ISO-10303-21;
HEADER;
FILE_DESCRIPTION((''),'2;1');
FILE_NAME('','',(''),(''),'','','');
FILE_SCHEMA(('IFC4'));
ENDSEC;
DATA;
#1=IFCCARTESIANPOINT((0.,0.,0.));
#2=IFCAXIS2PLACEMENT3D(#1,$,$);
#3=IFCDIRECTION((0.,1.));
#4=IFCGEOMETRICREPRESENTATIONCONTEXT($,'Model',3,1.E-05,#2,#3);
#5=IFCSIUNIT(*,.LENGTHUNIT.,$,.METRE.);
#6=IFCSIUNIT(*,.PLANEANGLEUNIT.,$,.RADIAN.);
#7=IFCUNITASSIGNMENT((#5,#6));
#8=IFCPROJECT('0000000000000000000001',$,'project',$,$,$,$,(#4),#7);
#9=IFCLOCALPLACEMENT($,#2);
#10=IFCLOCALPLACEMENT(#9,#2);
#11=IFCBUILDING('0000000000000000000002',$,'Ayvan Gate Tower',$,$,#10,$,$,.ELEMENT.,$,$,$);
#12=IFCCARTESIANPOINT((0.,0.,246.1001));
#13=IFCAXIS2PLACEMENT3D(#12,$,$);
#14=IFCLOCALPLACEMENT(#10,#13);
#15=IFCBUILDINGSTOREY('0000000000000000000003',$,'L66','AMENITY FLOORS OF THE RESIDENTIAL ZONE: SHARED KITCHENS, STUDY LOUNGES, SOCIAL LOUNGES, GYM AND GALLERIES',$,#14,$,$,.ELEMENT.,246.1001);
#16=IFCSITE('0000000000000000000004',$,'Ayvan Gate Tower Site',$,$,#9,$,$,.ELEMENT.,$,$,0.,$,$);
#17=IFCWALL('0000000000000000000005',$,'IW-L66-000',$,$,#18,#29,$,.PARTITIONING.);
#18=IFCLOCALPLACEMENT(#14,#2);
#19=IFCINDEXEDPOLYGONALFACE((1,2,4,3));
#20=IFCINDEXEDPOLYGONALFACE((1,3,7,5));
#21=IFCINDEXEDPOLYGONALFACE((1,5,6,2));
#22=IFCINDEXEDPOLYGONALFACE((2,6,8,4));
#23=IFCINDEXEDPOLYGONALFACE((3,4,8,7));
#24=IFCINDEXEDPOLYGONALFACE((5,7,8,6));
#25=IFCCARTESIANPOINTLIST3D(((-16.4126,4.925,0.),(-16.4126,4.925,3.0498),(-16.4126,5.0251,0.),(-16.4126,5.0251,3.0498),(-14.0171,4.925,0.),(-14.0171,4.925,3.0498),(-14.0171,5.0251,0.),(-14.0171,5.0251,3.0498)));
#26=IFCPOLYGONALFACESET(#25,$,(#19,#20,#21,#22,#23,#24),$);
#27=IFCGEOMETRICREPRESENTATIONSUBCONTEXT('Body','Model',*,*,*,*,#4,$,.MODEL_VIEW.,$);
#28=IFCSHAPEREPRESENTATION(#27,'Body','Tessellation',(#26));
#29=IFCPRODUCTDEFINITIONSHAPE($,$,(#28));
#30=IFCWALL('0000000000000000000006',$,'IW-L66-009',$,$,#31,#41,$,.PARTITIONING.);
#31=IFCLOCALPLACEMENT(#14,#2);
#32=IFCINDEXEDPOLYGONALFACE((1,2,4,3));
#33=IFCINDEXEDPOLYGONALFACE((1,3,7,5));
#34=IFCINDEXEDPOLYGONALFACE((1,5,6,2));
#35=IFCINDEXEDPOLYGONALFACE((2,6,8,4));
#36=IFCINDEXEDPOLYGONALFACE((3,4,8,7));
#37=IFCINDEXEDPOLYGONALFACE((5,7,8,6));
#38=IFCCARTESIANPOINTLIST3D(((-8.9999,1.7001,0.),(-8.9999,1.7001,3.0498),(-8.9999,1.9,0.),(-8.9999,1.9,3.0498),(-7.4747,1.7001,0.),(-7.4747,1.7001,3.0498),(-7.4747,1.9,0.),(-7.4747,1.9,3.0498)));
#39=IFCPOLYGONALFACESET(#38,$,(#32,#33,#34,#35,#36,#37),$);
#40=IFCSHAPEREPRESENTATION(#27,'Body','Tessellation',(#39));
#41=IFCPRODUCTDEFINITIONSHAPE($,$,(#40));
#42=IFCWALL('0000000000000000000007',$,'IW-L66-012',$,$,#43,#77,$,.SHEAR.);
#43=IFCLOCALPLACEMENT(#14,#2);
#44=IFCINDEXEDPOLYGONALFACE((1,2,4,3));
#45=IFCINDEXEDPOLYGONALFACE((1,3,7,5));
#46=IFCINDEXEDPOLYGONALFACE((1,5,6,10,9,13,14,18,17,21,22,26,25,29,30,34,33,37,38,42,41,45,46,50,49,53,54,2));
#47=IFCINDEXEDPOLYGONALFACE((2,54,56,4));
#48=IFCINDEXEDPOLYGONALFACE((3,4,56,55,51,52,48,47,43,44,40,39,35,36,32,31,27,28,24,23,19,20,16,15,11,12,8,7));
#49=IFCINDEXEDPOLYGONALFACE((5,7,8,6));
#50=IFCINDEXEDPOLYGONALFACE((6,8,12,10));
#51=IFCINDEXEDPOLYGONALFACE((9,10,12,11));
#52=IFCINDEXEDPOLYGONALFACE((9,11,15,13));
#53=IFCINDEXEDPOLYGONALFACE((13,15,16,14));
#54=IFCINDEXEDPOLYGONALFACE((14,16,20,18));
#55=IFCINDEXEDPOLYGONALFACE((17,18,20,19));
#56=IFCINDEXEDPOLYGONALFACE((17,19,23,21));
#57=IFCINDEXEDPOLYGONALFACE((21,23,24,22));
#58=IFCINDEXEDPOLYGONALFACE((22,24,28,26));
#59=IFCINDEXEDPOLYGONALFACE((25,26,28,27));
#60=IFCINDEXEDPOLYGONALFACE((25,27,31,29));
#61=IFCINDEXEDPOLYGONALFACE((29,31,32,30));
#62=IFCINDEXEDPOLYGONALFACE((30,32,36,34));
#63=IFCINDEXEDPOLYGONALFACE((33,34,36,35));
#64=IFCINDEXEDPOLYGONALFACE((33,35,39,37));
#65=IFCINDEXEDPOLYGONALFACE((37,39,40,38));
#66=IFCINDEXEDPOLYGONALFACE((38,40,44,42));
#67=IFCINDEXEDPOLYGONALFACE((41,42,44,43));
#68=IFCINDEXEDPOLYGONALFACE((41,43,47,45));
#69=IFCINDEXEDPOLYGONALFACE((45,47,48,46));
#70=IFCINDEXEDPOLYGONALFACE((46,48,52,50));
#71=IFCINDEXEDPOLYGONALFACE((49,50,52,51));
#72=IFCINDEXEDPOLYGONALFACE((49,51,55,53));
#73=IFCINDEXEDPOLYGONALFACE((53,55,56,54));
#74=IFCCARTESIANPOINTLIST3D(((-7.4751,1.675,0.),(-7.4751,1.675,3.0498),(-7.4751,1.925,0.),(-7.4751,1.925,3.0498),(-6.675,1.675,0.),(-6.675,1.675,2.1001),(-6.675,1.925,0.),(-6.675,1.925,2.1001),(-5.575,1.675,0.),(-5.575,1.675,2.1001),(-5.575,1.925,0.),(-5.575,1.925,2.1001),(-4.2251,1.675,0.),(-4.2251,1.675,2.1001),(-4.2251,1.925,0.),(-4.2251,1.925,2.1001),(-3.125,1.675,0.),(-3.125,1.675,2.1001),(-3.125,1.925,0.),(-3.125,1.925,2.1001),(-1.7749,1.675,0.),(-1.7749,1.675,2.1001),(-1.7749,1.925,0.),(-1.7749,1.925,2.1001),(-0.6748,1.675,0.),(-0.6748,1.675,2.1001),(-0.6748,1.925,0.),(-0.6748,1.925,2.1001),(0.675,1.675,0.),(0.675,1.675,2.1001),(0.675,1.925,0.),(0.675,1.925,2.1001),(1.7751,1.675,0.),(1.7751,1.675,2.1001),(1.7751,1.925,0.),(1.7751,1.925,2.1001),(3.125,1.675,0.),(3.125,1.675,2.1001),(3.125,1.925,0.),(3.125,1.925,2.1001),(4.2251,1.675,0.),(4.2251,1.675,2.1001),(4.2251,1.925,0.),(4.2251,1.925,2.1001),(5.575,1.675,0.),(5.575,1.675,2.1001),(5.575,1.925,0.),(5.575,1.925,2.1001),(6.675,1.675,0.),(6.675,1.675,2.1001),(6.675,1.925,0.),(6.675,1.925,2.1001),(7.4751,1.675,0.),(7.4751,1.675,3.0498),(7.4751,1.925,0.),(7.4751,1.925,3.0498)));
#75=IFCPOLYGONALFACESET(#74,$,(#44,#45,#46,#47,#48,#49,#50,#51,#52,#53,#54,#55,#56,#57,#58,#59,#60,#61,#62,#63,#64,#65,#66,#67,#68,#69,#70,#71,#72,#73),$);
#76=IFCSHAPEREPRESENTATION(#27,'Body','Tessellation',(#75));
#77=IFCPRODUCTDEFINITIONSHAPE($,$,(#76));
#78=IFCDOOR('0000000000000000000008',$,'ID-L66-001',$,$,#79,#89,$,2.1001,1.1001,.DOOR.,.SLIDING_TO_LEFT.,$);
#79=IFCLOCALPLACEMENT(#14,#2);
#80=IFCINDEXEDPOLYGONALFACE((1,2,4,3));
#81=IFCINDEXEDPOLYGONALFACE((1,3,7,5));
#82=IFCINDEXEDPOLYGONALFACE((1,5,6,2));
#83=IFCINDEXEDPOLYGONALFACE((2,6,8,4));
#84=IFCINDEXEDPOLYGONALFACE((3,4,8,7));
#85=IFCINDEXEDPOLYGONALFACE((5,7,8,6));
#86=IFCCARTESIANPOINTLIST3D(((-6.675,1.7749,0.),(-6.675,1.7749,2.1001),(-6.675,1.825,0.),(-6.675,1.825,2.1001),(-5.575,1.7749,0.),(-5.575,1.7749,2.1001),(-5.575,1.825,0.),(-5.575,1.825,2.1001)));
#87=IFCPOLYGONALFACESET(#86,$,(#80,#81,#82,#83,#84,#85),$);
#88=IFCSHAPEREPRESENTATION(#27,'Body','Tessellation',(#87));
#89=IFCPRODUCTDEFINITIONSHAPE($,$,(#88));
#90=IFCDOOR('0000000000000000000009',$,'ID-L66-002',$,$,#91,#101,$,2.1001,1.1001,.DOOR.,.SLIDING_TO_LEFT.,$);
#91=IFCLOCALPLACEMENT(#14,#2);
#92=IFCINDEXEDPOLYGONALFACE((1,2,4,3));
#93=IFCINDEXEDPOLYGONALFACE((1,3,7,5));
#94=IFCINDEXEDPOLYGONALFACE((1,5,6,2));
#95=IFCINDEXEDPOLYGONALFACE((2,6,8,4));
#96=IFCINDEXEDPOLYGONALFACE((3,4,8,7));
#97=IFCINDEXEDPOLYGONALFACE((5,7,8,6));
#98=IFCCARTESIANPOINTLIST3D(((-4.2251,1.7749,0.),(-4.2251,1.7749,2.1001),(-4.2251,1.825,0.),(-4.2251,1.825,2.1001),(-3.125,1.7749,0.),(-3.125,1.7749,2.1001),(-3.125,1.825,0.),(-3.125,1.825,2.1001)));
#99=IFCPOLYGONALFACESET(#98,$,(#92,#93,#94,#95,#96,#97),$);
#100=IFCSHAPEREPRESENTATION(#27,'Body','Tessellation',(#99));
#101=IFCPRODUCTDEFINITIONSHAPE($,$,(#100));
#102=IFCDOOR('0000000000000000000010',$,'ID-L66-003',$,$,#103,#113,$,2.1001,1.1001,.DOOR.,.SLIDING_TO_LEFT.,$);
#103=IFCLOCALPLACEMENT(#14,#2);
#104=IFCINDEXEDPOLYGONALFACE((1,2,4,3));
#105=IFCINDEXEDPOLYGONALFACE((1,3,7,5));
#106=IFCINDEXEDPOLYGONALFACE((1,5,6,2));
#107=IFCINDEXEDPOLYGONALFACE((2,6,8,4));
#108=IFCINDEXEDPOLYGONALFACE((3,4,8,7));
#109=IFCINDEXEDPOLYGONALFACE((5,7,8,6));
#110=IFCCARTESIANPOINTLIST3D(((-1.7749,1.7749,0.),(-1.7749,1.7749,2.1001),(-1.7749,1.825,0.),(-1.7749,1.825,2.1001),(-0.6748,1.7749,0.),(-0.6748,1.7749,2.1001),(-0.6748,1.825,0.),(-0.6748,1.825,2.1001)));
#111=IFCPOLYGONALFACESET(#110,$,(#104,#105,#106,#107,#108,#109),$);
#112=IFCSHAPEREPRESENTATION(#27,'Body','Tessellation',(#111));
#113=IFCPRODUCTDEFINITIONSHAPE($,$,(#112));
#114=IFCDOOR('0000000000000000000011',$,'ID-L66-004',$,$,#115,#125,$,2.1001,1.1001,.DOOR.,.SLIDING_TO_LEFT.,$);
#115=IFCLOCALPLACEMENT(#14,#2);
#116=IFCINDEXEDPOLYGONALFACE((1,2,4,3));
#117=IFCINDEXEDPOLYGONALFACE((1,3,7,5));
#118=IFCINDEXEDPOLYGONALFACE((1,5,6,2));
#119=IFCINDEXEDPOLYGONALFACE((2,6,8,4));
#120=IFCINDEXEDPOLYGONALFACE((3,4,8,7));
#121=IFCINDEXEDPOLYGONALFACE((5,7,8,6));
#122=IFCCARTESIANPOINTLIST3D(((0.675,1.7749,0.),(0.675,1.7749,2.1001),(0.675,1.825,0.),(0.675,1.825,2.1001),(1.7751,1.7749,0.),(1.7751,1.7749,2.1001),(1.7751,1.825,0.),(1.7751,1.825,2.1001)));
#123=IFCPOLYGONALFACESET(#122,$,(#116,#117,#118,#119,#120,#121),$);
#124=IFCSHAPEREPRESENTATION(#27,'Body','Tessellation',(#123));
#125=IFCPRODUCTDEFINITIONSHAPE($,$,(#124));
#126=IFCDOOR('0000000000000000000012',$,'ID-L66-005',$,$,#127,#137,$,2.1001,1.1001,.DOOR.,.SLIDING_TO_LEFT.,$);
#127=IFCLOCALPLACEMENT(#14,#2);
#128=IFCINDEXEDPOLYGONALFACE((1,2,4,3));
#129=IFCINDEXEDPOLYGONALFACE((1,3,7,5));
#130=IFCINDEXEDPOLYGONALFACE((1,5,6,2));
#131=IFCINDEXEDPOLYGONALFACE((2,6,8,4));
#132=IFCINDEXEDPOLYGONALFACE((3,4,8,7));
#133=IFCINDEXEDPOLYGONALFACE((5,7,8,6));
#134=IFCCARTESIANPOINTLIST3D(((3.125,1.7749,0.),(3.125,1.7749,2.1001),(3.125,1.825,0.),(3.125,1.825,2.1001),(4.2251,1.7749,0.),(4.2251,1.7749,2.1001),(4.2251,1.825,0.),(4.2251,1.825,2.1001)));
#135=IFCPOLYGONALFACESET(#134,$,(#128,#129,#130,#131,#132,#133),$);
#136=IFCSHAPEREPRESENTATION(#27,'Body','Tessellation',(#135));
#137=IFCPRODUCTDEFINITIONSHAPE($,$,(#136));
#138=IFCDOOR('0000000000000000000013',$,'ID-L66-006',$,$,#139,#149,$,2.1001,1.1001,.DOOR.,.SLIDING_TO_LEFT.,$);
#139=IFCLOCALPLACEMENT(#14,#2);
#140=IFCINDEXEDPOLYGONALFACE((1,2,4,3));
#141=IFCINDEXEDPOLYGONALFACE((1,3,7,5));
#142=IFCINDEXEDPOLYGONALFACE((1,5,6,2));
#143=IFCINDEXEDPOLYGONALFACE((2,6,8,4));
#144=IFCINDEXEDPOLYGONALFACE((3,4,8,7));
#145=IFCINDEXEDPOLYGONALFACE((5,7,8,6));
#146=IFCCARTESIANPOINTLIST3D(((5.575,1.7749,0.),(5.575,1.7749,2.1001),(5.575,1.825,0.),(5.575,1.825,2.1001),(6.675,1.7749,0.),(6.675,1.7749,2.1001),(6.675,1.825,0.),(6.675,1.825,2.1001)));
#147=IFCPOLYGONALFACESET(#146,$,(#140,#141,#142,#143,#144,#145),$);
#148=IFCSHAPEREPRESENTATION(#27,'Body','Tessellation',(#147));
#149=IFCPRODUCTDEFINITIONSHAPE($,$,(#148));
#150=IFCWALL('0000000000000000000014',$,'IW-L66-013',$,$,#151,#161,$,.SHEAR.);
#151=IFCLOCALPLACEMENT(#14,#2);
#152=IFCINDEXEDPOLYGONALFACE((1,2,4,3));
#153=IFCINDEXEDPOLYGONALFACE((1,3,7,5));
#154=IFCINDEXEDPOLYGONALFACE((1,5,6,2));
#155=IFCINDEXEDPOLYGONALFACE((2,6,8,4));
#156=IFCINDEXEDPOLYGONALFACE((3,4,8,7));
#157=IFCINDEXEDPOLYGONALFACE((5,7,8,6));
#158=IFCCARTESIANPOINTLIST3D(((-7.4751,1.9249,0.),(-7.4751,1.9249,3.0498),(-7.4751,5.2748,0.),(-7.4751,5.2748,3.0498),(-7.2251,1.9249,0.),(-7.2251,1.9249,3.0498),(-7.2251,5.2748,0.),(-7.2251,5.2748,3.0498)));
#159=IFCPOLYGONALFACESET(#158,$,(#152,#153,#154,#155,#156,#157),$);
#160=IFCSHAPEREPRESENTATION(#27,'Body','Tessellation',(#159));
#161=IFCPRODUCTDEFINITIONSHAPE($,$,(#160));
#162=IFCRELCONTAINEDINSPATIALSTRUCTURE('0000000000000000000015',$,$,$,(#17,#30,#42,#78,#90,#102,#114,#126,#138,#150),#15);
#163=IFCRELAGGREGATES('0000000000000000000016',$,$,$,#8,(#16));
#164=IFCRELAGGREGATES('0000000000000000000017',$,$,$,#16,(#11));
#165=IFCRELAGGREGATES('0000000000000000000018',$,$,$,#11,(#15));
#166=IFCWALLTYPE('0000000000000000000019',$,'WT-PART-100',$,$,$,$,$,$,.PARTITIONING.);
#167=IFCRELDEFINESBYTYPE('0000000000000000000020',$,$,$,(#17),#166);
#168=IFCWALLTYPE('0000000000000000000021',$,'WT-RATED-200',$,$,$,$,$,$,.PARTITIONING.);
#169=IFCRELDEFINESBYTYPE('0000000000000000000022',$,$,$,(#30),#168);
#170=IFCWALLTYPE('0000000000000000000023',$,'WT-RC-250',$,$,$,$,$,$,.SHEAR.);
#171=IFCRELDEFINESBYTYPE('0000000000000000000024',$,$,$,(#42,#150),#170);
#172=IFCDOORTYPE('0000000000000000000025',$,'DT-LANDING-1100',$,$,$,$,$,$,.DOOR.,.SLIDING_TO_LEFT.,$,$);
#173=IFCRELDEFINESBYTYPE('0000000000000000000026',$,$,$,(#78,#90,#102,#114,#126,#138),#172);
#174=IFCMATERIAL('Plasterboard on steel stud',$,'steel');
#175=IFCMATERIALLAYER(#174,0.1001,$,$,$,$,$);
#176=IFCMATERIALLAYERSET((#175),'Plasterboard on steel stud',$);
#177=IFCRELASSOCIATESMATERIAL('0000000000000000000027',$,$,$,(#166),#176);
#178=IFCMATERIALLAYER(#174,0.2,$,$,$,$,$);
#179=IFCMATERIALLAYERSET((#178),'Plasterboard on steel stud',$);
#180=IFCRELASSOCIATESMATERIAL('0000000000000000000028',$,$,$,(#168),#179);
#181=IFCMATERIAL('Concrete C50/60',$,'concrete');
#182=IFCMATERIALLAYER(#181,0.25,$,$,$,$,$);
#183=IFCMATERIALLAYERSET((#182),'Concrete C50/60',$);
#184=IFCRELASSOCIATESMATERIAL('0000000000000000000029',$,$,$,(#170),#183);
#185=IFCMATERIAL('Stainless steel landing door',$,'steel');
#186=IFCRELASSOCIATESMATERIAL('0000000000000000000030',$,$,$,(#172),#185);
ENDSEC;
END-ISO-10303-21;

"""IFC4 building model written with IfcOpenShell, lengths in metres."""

from ifc_helpers import new_model, si_unit, direction, frame, frame_2d, origin, place, context, subcontext, project, spatial, rectangle, extrude, material, layer, layer_set, type_object, element, fill, save


model = new_model("IFC4")

# Units and contexts
model_context = context("Model", 3, precision=1e-05, world=origin(), true_north=direction((0.0, 1.0)))
body_context = subcontext(model_context, "Body", "Model", "MODEL_VIEW")
ifc_project = project(units=[si_unit("LENGTHUNIT", "METRE"), si_unit("PLANEANGLEUNIT", "RADIAN")], contexts=[model_context])

# Site, building, storey
site_placement = place(None, origin())
site = spatial("IfcSite", under=ifc_project, at=site_placement, Name="Ayvan Gate Tower Site", CompositionType="ELEMENT", RefElevation=0.0)
building_placement = place(site_placement, origin())
building = spatial("IfcBuilding", under=site, at=building_placement, Name="Ayvan Gate Tower", CompositionType="ELEMENT")
storey_placement = place(building_placement, frame((0.0, 0.0, 246.1001)))
storey = spatial("IfcBuildingStorey", under=building, at=storey_placement, Name="L66", Description="AMENITY FLOORS OF THE RESIDENTIAL ZONE: SHARED KITCHENS, STUDY LOUNGES, SOCIAL LOUNGES, GYM AND GALLERIES", CompositionType="ELEMENT", Elevation=246.1001)

# Shared definitions
ifc_material_1 = material(Name="Concrete C50/60", Category="concrete")

# Shared definitions
ifc_material_2 = material(Name="Plasterboard on steel stud", Category="steel")

# Walls
ifc_layer_1 = layer(ifc_material_2, 0.1001)
ifc_layer_set_1 = layer_set([ifc_layer_1], Name="Plasterboard on steel stud")
wall_type_1 = type_object("IfcWallType", Name="WT-PART-100", PredefinedType="PARTITIONING", material=ifc_layer_set_1)
wall_1_placement = place(storey_placement, frame((-14.0171, 4.9751, 0.0), z_axis=(0.0, 0.0, 1.0), x_axis=(-1.0, 0.0, 0.0)))
element("IfcWall", 1, at=wall_1_placement, inside=storey, type_object=wall_type_1, Name="IW-L66-000", PredefinedType="PARTITIONING", context=body_context, shape_type="SweptSolid", body=[
    extrude(rectangle(XDim=2.3955, YDim=0.1001, at=frame_2d((1.1978, 0.0))), origin(), (0.0, 0.0, 1.0), 3.0498),
])
ifc_layer_2 = layer(ifc_material_2, 0.2)
ifc_layer_set_2 = layer_set([ifc_layer_2], Name="Plasterboard on steel stud")
wall_type_2 = type_object("IfcWallType", Name="WT-RATED-200", PredefinedType="PARTITIONING", material=ifc_layer_set_2)
wall_2_placement = place(storey_placement, frame((-9.0, 1.8, 0.0), z_axis=(0.0, 0.0, 1.0), x_axis=(1.0, 0.0, 0.0)))
element("IfcWall", 2, at=wall_2_placement, inside=storey, type_object=wall_type_2, Name="IW-L66-009", PredefinedType="PARTITIONING", context=body_context, shape_type="SweptSolid", body=[
    extrude(rectangle(XDim=1.5251, YDim=0.2, at=frame_2d((0.7627, 0.0))), origin(), (0.0, 0.0, 1.0), 3.0498),
])

# Wall, openings, doors
ifc_layer_3 = layer(ifc_material_1, 0.25)
ifc_layer_set_3 = layer_set([ifc_layer_3], Name="Concrete C50/60")
wall_type_3 = type_object("IfcWallType", Name="WT-RC-250", PredefinedType="SHEAR", material=ifc_layer_set_3)
wall_3_placement = place(storey_placement, frame((-7.4751, 1.8, 0.0), z_axis=(0.0, 0.0, 1.0), x_axis=(1.0, 0.0, 0.0)))
wall_3 = element("IfcWall", 3, at=wall_3_placement, inside=storey, type_object=wall_type_3, Name="IW-L66-012", PredefinedType="SHEAR", context=body_context, shape_type="SweptSolid", body=[
    extrude(rectangle(XDim=14.9502, YDim=0.25, at=frame_2d((7.4751, 0.0))), origin(), (0.0, 0.0, 1.0), 3.0498),
])
opening_1_placement = place(wall_3_placement, frame((0.8, 0.0, 0.0)))
opening_1 = element("IfcOpeningElement", 4, at=opening_1_placement, cuts=wall_3, PredefinedType="OPENING", context=body_context, shape_type="SweptSolid", body=[
    extrude(rectangle(XDim=1.1001, YDim=2.1001, at=frame_2d((0.55, 1.05))), frame((0.0, 0.135, 0.0), z_axis=(0.0, -1.0, 0.0), x_axis=(1.0, 0.0, 0.0)), (0.0, 0.0, 1.0), 0.27),
])
opening_2_placement = place(wall_3_placement, frame((3.25, 0.0, 0.0)))
opening_2 = element("IfcOpeningElement", 5, at=opening_2_placement, cuts=wall_3, PredefinedType="OPENING", context=body_context, shape_type="SweptSolid", body=[
    extrude(rectangle(XDim=1.1001, YDim=2.1001, at=frame_2d((0.55, 1.05))), frame((0.0, 0.135, 0.0), z_axis=(0.0, -1.0, 0.0), x_axis=(1.0, 0.0, 0.0)), (0.0, 0.0, 1.0), 0.27),
])
opening_3_placement = place(wall_3_placement, frame((5.7002, 0.0, 0.0)))
opening_3 = element("IfcOpeningElement", 6, at=opening_3_placement, cuts=wall_3, PredefinedType="OPENING", context=body_context, shape_type="SweptSolid", body=[
    extrude(rectangle(XDim=1.1001, YDim=2.1001, at=frame_2d((0.55, 1.05))), frame((0.0, 0.135, 0.0), z_axis=(0.0, -1.0, 0.0), x_axis=(1.0, 0.0, 0.0)), (0.0, 0.0, 1.0), 0.27),
])
opening_4_placement = place(wall_3_placement, frame((8.1501, 0.0, 0.0)))
opening_4 = element("IfcOpeningElement", 7, at=opening_4_placement, cuts=wall_3, PredefinedType="OPENING", context=body_context, shape_type="SweptSolid", body=[
    extrude(rectangle(XDim=1.1001, YDim=2.1001, at=frame_2d((0.55, 1.05))), frame((0.0, 0.135, 0.0), z_axis=(0.0, -1.0, 0.0), x_axis=(1.0, 0.0, 0.0)), (0.0, 0.0, 1.0), 0.27),
])
opening_5_placement = place(wall_3_placement, frame((10.6001, 0.0, 0.0)))
opening_5 = element("IfcOpeningElement", 8, at=opening_5_placement, cuts=wall_3, PredefinedType="OPENING", context=body_context, shape_type="SweptSolid", body=[
    extrude(rectangle(XDim=1.1001, YDim=2.1001, at=frame_2d((0.55, 1.05))), frame((0.0, 0.135, 0.0), z_axis=(0.0, -1.0, 0.0), x_axis=(1.0, 0.0, 0.0)), (0.0, 0.0, 1.0), 0.27),
])
opening_6_placement = place(wall_3_placement, frame((13.05, 0.0, 0.0)))
opening_6 = element("IfcOpeningElement", 9, at=opening_6_placement, cuts=wall_3, PredefinedType="OPENING", context=body_context, shape_type="SweptSolid", body=[
    extrude(rectangle(XDim=1.1001, YDim=2.1001, at=frame_2d((0.55, 1.05))), frame((0.0, 0.135, 0.0), z_axis=(0.0, -1.0, 0.0), x_axis=(1.0, 0.0, 0.0)), (0.0, 0.0, 1.0), 0.27),
])
ifc_material_3 = material(Name="Stainless steel landing door", Category="steel")
door_type_1 = type_object("IfcDoorType", Name="DT-LANDING-1100", OperationType="SLIDING_TO_LEFT", PredefinedType="DOOR", material=ifc_material_3)
door_1_placement = place(opening_1_placement, origin())
door_1 = element("IfcDoor", 10, at=door_1_placement, inside=storey, type_object=door_type_1, Name="ID-L66-001", OperationType="SLIDING_TO_LEFT", OverallHeight=2.1001, OverallWidth=1.1001, PredefinedType="DOOR", context=body_context, shape_type="SweptSolid", body=[
    extrude(rectangle(XDim=1.1001, YDim=2.1001, at=frame_2d((0.55, 1.05))), frame((0.0, 0.0249, 0.0), z_axis=(0.0, -1.0, 0.0), x_axis=(1.0, 0.0, 0.0)), (0.0, 0.0, 1.0), 0.05),
])
fill(opening_1, door_1)
door_2_placement = place(opening_2_placement, origin())
door_2 = element("IfcDoor", 11, at=door_2_placement, inside=storey, type_object=door_type_1, Name="ID-L66-002", OperationType="SLIDING_TO_LEFT", OverallHeight=2.1001, OverallWidth=1.1001, PredefinedType="DOOR", context=body_context, shape_type="SweptSolid", body=[
    extrude(rectangle(XDim=1.1001, YDim=2.1001, at=frame_2d((0.55, 1.05))), frame((0.0, 0.0249, 0.0), z_axis=(0.0, -1.0, 0.0), x_axis=(1.0, 0.0, 0.0)), (0.0, 0.0, 1.0), 0.05),
])
fill(opening_2, door_2)
door_3_placement = place(opening_3_placement, origin())
door_3 = element("IfcDoor", 12, at=door_3_placement, inside=storey, type_object=door_type_1, Name="ID-L66-003", OperationType="SLIDING_TO_LEFT", OverallHeight=2.1001, OverallWidth=1.1001, PredefinedType="DOOR", context=body_context, shape_type="SweptSolid", body=[
    extrude(rectangle(XDim=1.1001, YDim=2.1001, at=frame_2d((0.55, 1.05))), frame((0.0, 0.0249, 0.0), z_axis=(0.0, -1.0, 0.0), x_axis=(1.0, 0.0, 0.0)), (0.0, 0.0, 1.0), 0.05),
])
fill(opening_3, door_3)
door_4_placement = place(opening_4_placement, origin())
door_4 = element("IfcDoor", 13, at=door_4_placement, inside=storey, type_object=door_type_1, Name="ID-L66-004", OperationType="SLIDING_TO_LEFT", OverallHeight=2.1001, OverallWidth=1.1001, PredefinedType="DOOR", context=body_context, shape_type="SweptSolid", body=[
    extrude(rectangle(XDim=1.1001, YDim=2.1001, at=frame_2d((0.55, 1.05))), frame((0.0, 0.0249, 0.0), z_axis=(0.0, -1.0, 0.0), x_axis=(1.0, 0.0, 0.0)), (0.0, 0.0, 1.0), 0.05),
])
fill(opening_4, door_4)
door_5_placement = place(opening_5_placement, origin())
door_5 = element("IfcDoor", 14, at=door_5_placement, inside=storey, type_object=door_type_1, Name="ID-L66-005", OperationType="SLIDING_TO_LEFT", OverallHeight=2.1001, OverallWidth=1.1001, PredefinedType="DOOR", context=body_context, shape_type="SweptSolid", body=[
    extrude(rectangle(XDim=1.1001, YDim=2.1001, at=frame_2d((0.55, 1.05))), frame((0.0, 0.0249, 0.0), z_axis=(0.0, -1.0, 0.0), x_axis=(1.0, 0.0, 0.0)), (0.0, 0.0, 1.0), 0.05),
])
fill(opening_5, door_5)
door_6_placement = place(opening_6_placement, origin())
door_6 = element("IfcDoor", 15, at=door_6_placement, inside=storey, type_object=door_type_1, Name="ID-L66-006", OperationType="SLIDING_TO_LEFT", OverallHeight=2.1001, OverallWidth=1.1001, PredefinedType="DOOR", context=body_context, shape_type="SweptSolid", body=[
    extrude(rectangle(XDim=1.1001, YDim=2.1001, at=frame_2d((0.55, 1.05))), frame((0.0, 0.0249, 0.0), z_axis=(0.0, -1.0, 0.0), x_axis=(1.0, 0.0, 0.0)), (0.0, 0.0, 1.0), 0.05),
])
fill(opening_6, door_6)

# Wall
wall_4_placement = place(storey_placement, frame((-7.3501, 1.925, 0.0), z_axis=(0.0, 0.0, 1.0), x_axis=(0.0, 1.0, 0.0)))
element("IfcWall", 16, at=wall_4_placement, inside=storey, type_object=wall_type_3, Name="IW-L66-013", PredefinedType="SHEAR", context=body_context, shape_type="SweptSolid", body=[
    extrude(rectangle(XDim=3.3499, YDim=0.25, at=frame_2d((1.6748, 0.0))), origin(), (0.0, 0.0, 1.0), 3.0498),
])

save(model, "model.ifc")
